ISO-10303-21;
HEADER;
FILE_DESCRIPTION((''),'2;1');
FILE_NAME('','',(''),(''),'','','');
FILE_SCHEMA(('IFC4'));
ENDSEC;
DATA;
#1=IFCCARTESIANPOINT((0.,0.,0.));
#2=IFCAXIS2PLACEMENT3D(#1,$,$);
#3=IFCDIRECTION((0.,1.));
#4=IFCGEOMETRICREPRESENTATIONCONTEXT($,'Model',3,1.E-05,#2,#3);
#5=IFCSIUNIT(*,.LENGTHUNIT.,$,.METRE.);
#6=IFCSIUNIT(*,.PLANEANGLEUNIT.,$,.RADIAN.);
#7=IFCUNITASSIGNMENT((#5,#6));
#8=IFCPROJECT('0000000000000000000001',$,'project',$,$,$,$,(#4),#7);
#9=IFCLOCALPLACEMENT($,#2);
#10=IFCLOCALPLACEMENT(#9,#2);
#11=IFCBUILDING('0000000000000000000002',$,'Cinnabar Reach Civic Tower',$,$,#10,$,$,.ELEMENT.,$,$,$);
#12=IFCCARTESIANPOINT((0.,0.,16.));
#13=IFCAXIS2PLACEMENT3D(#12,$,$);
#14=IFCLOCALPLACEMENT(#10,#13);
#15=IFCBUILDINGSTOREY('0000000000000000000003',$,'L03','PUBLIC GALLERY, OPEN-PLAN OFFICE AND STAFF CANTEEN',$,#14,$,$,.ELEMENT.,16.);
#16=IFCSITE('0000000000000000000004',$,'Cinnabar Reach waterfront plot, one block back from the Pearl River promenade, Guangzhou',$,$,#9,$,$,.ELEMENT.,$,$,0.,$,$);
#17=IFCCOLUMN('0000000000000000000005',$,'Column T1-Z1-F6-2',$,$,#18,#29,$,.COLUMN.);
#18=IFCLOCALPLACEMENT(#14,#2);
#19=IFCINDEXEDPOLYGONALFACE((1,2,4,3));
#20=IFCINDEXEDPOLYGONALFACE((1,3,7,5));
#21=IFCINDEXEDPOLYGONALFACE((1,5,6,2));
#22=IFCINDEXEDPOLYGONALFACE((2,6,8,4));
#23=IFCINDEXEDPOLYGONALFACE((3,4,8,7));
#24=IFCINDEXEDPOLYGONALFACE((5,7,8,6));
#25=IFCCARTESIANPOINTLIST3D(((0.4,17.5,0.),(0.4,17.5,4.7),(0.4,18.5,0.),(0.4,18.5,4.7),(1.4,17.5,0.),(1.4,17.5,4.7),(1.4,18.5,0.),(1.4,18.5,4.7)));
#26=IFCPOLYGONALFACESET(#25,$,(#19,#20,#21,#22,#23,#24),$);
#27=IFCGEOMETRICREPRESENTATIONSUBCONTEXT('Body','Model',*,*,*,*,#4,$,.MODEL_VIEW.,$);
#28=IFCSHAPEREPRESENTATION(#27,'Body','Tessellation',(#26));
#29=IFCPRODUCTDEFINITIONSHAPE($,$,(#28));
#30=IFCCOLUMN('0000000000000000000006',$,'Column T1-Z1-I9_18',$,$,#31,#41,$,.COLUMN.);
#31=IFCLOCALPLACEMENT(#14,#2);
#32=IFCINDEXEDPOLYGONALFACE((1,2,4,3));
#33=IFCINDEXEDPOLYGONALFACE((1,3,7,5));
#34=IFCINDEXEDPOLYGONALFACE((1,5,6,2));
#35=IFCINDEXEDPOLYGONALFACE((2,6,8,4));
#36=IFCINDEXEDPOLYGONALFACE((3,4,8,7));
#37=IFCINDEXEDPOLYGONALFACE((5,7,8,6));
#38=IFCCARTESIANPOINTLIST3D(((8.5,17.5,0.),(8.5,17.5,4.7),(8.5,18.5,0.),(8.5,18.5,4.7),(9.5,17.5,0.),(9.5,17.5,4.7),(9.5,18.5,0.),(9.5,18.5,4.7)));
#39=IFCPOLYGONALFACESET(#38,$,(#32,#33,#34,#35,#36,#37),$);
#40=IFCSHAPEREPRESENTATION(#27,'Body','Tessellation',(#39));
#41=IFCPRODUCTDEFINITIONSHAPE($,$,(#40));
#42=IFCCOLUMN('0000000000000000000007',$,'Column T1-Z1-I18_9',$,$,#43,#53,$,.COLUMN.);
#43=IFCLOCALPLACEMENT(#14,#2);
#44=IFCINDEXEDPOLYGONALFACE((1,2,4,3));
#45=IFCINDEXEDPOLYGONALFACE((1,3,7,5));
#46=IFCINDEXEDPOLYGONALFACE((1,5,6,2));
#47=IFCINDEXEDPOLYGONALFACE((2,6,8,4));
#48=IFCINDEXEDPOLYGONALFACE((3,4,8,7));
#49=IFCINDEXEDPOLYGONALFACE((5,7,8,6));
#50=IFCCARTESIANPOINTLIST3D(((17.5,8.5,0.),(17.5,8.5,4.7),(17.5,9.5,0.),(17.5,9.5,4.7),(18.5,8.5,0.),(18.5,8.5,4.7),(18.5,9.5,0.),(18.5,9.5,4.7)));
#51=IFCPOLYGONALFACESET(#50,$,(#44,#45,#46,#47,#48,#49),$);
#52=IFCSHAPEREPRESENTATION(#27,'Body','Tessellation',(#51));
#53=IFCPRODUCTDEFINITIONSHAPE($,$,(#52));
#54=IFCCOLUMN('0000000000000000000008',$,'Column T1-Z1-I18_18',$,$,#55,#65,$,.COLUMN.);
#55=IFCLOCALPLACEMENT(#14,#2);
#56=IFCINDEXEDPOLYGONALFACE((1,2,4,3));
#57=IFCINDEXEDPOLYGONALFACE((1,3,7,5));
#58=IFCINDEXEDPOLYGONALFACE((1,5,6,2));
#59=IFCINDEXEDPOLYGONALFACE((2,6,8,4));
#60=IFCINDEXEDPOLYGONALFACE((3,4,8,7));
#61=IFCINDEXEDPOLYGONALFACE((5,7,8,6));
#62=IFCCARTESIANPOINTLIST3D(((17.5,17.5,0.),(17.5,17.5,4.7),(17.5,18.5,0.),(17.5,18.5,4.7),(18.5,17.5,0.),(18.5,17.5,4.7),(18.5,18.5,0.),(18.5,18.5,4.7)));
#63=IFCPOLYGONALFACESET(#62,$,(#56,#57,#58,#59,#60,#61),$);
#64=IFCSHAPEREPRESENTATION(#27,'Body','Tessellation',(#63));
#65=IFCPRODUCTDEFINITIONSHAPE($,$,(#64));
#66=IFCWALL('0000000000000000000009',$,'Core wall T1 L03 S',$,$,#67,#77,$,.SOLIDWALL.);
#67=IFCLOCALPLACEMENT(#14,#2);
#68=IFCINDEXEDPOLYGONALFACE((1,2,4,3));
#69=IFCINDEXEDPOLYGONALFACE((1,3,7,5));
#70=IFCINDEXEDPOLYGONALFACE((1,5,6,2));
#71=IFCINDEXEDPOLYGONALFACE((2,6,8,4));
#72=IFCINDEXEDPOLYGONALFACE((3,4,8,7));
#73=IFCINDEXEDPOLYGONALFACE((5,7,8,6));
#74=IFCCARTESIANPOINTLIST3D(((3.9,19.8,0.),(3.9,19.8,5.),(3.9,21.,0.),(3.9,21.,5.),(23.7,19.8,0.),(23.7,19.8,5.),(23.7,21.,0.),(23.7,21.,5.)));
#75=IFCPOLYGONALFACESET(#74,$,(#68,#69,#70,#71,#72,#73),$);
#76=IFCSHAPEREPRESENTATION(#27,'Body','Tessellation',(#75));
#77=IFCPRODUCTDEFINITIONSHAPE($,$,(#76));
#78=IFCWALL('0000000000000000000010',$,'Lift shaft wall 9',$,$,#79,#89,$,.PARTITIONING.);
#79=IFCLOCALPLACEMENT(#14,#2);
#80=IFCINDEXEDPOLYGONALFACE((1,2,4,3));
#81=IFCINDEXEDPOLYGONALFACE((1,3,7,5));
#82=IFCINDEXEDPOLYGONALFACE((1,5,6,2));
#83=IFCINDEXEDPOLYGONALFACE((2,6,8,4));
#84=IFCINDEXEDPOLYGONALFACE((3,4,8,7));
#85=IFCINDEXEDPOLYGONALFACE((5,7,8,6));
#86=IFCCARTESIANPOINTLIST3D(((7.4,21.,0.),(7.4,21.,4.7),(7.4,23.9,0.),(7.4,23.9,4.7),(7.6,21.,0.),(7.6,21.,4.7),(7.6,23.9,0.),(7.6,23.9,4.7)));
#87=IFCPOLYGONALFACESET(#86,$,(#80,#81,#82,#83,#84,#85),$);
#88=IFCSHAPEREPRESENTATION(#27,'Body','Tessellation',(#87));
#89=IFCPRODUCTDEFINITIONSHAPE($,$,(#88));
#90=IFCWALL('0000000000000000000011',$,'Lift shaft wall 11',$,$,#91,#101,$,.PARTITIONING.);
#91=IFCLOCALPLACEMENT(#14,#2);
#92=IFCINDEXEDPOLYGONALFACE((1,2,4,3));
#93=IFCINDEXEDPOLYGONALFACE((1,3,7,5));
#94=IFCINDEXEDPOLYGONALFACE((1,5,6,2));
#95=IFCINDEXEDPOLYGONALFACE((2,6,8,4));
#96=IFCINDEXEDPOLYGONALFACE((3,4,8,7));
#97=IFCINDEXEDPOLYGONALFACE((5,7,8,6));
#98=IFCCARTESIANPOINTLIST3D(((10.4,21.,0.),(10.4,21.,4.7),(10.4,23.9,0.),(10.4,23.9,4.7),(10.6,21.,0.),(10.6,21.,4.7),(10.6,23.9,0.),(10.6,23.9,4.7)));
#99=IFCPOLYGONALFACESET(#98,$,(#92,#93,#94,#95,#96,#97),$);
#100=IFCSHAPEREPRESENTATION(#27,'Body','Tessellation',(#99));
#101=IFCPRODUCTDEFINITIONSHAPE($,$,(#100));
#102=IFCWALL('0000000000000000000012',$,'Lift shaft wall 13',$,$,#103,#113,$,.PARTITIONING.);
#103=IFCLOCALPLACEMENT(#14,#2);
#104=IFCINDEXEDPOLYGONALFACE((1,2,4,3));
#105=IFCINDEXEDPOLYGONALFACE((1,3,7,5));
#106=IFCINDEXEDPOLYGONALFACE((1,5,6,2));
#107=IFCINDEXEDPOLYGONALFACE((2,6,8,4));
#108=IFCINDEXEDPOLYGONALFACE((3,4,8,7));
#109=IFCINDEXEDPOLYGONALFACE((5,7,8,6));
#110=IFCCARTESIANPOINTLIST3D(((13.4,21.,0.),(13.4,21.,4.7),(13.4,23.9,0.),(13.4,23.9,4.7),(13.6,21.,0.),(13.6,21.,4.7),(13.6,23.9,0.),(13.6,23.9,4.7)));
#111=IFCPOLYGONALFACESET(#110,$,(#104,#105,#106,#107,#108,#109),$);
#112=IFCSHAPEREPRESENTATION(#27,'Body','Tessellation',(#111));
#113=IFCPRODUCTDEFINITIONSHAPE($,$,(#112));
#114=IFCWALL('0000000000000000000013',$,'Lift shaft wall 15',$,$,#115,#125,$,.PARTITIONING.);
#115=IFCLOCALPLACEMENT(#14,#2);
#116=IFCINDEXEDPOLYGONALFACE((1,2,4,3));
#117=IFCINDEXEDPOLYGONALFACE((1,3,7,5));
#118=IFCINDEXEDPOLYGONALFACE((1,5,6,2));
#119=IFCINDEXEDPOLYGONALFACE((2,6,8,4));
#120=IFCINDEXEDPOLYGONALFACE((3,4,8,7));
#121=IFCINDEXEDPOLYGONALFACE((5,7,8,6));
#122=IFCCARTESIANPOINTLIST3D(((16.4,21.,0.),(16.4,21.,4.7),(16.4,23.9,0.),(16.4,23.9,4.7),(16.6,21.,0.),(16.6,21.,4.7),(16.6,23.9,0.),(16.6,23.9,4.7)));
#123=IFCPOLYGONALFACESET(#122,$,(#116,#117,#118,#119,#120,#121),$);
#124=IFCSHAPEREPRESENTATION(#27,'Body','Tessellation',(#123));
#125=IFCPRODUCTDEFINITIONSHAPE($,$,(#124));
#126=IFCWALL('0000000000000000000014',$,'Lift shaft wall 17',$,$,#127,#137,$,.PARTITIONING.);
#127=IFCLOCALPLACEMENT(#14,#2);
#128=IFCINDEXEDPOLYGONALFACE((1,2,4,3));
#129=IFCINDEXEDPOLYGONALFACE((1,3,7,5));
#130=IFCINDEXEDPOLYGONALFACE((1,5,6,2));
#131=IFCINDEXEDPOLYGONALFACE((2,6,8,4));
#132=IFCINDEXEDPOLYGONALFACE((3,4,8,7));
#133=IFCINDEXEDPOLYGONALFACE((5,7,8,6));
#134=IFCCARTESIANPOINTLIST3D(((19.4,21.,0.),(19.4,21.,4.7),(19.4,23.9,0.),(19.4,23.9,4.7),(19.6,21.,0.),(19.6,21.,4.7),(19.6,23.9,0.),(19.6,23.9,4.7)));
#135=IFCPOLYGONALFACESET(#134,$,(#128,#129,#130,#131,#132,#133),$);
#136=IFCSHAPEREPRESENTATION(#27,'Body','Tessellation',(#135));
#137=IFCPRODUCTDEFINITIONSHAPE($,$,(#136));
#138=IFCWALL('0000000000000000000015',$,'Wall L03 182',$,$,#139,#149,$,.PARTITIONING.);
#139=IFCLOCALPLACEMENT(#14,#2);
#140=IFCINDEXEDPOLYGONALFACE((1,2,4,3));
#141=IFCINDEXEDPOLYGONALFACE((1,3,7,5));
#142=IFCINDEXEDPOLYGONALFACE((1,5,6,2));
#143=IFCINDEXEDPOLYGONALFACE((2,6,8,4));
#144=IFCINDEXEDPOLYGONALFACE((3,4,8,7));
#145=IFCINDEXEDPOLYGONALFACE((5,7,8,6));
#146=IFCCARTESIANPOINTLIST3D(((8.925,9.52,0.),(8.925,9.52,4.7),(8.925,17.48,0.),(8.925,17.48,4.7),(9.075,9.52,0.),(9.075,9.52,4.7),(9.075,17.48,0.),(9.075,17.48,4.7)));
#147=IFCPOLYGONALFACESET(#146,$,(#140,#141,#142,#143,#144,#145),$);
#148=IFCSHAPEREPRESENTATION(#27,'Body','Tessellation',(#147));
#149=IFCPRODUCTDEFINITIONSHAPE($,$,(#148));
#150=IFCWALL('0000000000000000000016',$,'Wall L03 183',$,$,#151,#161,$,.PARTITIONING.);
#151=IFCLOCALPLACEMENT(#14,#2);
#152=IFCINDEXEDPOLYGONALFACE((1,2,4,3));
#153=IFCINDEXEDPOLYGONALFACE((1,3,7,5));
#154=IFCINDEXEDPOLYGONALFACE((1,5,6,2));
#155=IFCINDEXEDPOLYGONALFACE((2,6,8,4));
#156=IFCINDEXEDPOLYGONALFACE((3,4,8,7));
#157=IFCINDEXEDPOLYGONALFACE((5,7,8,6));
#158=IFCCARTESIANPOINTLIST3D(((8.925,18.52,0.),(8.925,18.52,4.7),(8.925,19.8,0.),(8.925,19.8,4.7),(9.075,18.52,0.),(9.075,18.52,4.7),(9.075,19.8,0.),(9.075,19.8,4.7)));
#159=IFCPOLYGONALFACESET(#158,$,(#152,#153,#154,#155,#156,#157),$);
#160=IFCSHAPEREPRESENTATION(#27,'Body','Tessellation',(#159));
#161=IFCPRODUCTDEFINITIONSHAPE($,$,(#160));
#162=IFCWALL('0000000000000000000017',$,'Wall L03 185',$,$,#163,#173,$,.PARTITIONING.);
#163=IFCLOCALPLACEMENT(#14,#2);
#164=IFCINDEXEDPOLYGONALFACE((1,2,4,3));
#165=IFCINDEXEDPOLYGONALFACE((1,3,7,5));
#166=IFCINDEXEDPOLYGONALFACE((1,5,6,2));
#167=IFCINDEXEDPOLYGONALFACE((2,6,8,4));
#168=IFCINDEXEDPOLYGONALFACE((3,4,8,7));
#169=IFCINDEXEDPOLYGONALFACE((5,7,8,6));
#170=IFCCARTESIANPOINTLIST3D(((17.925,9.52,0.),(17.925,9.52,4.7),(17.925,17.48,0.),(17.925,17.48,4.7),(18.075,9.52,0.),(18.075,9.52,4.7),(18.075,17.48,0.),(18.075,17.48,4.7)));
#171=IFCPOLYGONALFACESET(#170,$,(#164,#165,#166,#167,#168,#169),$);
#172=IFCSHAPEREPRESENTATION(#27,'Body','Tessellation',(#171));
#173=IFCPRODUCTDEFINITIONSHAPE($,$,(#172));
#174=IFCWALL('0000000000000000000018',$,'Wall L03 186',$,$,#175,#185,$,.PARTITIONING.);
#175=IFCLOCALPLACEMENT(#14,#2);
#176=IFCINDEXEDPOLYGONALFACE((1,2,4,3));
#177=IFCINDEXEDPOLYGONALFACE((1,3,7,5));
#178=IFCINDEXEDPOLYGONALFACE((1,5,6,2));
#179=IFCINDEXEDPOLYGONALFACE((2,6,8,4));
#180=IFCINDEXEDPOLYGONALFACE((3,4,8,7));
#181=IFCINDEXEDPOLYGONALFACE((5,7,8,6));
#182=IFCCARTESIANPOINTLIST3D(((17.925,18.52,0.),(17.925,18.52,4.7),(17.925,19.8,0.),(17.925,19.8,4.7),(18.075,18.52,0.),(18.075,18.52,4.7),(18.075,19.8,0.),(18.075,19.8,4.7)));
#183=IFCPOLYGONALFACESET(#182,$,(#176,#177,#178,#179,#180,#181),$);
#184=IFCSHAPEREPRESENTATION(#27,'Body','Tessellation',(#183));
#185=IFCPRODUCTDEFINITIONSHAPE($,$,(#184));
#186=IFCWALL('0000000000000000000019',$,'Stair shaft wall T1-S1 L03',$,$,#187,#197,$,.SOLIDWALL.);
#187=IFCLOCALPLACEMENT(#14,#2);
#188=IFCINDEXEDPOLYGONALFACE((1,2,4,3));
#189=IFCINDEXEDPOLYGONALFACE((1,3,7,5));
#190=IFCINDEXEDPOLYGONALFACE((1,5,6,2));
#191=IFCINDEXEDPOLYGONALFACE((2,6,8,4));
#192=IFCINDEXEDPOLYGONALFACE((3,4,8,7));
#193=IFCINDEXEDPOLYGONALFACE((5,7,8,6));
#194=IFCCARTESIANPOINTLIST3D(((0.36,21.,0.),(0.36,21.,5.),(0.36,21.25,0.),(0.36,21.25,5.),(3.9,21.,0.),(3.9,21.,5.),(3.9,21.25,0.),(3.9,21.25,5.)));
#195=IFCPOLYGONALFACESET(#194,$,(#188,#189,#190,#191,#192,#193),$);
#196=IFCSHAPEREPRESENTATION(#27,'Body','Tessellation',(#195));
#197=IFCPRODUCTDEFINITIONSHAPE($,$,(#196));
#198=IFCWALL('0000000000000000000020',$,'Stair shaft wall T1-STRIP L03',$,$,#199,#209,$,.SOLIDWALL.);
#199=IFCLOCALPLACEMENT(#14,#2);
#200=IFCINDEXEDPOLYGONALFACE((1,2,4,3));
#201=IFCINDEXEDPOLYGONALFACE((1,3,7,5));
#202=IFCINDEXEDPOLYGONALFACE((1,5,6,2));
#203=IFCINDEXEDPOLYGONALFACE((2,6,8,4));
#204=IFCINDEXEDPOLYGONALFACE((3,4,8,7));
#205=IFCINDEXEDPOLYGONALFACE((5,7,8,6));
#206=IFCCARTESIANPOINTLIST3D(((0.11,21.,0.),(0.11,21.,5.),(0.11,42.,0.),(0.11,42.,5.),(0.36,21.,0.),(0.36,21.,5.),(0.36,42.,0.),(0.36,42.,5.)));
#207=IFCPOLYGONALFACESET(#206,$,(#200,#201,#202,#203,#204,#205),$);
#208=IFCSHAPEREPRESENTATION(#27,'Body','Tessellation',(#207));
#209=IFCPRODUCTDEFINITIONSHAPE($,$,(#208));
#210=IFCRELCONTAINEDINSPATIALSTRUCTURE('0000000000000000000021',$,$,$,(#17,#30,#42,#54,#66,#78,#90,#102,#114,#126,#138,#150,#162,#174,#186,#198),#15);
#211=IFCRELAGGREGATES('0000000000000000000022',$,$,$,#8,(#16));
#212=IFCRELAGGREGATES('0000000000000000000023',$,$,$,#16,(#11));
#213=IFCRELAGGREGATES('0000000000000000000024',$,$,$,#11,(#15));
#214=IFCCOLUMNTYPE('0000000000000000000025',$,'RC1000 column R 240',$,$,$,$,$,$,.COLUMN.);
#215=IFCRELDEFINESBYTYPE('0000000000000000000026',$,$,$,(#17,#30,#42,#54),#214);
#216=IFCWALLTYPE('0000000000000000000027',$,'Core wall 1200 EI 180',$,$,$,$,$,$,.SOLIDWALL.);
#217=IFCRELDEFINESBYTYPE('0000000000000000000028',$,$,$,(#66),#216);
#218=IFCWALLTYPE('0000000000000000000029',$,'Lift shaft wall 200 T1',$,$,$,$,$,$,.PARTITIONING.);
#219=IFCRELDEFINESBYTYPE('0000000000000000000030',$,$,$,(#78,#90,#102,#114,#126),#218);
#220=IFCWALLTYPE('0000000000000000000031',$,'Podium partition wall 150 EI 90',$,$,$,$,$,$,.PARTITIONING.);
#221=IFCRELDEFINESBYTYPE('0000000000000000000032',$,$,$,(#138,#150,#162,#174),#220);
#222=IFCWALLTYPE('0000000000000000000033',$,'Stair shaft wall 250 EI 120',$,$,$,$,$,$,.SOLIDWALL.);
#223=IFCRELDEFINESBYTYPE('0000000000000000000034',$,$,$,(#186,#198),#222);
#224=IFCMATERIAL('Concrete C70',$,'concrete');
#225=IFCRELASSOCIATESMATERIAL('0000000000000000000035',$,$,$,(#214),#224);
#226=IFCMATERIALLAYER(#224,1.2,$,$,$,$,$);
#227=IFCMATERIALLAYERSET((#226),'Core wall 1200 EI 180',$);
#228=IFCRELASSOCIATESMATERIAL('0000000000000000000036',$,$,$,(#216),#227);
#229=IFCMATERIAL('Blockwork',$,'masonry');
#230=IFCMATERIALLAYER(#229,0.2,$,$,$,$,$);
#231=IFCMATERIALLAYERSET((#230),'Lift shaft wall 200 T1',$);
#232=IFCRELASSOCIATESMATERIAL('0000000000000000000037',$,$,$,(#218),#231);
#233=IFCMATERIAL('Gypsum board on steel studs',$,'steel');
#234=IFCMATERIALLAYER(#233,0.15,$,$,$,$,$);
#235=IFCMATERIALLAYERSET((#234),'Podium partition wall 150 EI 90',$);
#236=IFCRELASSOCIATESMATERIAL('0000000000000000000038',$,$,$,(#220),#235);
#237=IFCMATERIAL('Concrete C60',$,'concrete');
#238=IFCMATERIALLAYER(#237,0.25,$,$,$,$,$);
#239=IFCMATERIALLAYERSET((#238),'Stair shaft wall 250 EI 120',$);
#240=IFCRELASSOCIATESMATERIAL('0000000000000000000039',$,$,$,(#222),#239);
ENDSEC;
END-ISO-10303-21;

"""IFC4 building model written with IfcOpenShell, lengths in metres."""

from ifc_helpers import new_model, si_unit, direction, frame, frame_2d, origin, origin_2d, place, context, subcontext, project, spatial, rectangle, extrude, material, layer, layer_set, material_profile, profile_set, type_object, element, save


model = new_model("IFC4")

# Units and contexts
model_context = context("Model", 3, precision=1e-05, world=origin(), true_north=direction((0.0, 1.0)))
body_context = subcontext(model_context, "Body", "Model", "MODEL_VIEW")
ifc_project = project(units=[si_unit("LENGTHUNIT", "METRE"), si_unit("PLANEANGLEUNIT", "RADIAN")], contexts=[model_context])

# Site, building, storey
site_placement = place(None, origin())
site = spatial("IfcSite", under=ifc_project, at=site_placement, Name="Cinnabar Reach waterfront plot, one block back from the Pearl River promenade, Guangzhou", CompositionType="ELEMENT", RefElevation=0.0)
building_placement = place(site_placement, origin())
building = spatial("IfcBuilding", under=site, at=building_placement, Name="Cinnabar Reach Civic Tower", CompositionType="ELEMENT")
storey_placement = place(building_placement, frame((0.0, 0.0, 16.0)))
storey = spatial("IfcBuildingStorey", under=building, at=storey_placement, Name="L03", Description="PUBLIC GALLERY, OPEN-PLAN OFFICE AND STAFF CANTEEN", CompositionType="ELEMENT", Elevation=16.0)

# Columns
ifc_material_1 = material(Name="Concrete C70", Category="concrete")
ifc_material_profile = material_profile(ifc_material_1, rectangle(XDim=1.0, YDim=1.0, at=origin_2d()), Name="RC1000")
ifc_profile_set = profile_set([ifc_material_profile], Name="Concrete C70")
column_type = type_object("IfcColumnType", Name="RC1000 column R 240", PredefinedType="COLUMN", material=ifc_profile_set)
for number, where, z_axis, x_axis, name in (
    (1, (0.9, 18.0, 0.0), (0.0, 0.0, 1.0), (1.0, 0.0, 0.0), "Column T1-Z1-F6-2"),
    (2, (9.0, 18.0, 0.0), (0.0, 0.0, 1.0), (1.0, 0.0, 0.0), "Column T1-Z1-I9_18"),
    (3, (18.0, 9.0, 0.0), (0.0, 0.0, 1.0), (1.0, 0.0, 0.0), "Column T1-Z1-I18_9"),
    (4, (18.0, 18.0, 0.0), (0.0, 0.0, 1.0), (1.0, 0.0, 0.0), "Column T1-Z1-I18_18"),
):
    element("IfcColumn", number, at=place(storey_placement, frame(where, z_axis=z_axis, x_axis=x_axis)), inside=storey, type_object=column_type, Name=name, PredefinedType="COLUMN", context=body_context, shape_type="SweptSolid", body=[
        extrude(rectangle(XDim=1.0, YDim=1.0, at=origin_2d()), origin(), (0.0, 0.0, 1.0), 4.7),
    ])

# Walls
ifc_layer_1 = layer(ifc_material_1, 1.2)
ifc_layer_set_1 = layer_set([ifc_layer_1], Name="Core wall 1200 EI 180")
wall_type_1 = type_object("IfcWallType", Name="Core wall 1200 EI 180", PredefinedType="SOLIDWALL", material=ifc_layer_set_1)
wall_1_placement = place(storey_placement, frame((3.9, 20.4, 0.0), z_axis=(0.0, 0.0, 1.0), x_axis=(1.0, 0.0, 0.0)))
element("IfcWall", 5, at=wall_1_placement, inside=storey, type_object=wall_type_1, Name="Core wall T1 L03 S", PredefinedType="SOLIDWALL", context=body_context, shape_type="SweptSolid", body=[
    extrude(rectangle(XDim=19.8, YDim=1.2, at=frame_2d((9.9, 0.0))), origin(), (0.0, 0.0, 1.0), 5.0),
])
ifc_material_2 = material(Name="Blockwork", Category="masonry")
ifc_layer_2 = layer(ifc_material_2, 0.2)
ifc_layer_set_2 = layer_set([ifc_layer_2], Name="Lift shaft wall 200 T1")
wall_type_2 = type_object("IfcWallType", Name="Lift shaft wall 200 T1", PredefinedType="PARTITIONING", material=ifc_layer_set_2)
for number, where, z_axis, x_axis, name in (
    (6, (7.5, 21.0, 0.0), (0.0, 0.0, 1.0), (0.0, 1.0, 0.0), "Lift shaft wall 9"),
    (7, (10.5, 21.0, 0.0), (0.0, 0.0, 1.0), (0.0, 1.0, 0.0), "Lift shaft wall 11"),
    (8, (13.5, 21.0, 0.0), (0.0, 0.0, 1.0), (0.0, 1.0, 0.0), "Lift shaft wall 13"),
    (9, (16.5, 21.0, 0.0), (0.0, 0.0, 1.0), (0.0, 1.0, 0.0), "Lift shaft wall 15"),
    (10, (19.5, 21.0, 0.0), (0.0, 0.0, 1.0), (0.0, 1.0, 0.0), "Lift shaft wall 17"),
):
    element("IfcWall", number, at=place(storey_placement, frame(where, z_axis=z_axis, x_axis=x_axis)), inside=storey, type_object=wall_type_2, Name=name, PredefinedType="PARTITIONING", context=body_context, shape_type="SweptSolid", body=[
        extrude(rectangle(XDim=2.9, YDim=0.2, at=frame_2d((1.45, 0.0))), origin(), (0.0, 0.0, 1.0), 4.7),
    ])
ifc_material_3 = material(Name="Gypsum board on steel studs", Category="steel")
ifc_layer_3 = layer(ifc_material_3, 0.15)
ifc_layer_set_3 = layer_set([ifc_layer_3], Name="Podium partition wall 150 EI 90")
wall_type_3 = type_object("IfcWallType", Name="Podium partition wall 150 EI 90", PredefinedType="PARTITIONING", material=ifc_layer_set_3)
wall_2_placement = place(storey_placement, frame((9.0, 9.52, 0.0), z_axis=(0.0, 0.0, 1.0), x_axis=(0.0, 1.0, 0.0)))
element("IfcWall", 11, at=wall_2_placement, inside=storey, type_object=wall_type_3, Name="Wall L03 182", PredefinedType="PARTITIONING", context=body_context, shape_type="SweptSolid", body=[
    extrude(rectangle(XDim=7.96, YDim=0.15, at=frame_2d((3.98, 0.0))), origin(), (0.0, 0.0, 1.0), 4.7),
])
wall_3_placement = place(storey_placement, frame((9.0, 18.52, 0.0), z_axis=(0.0, 0.0, 1.0), x_axis=(0.0, 1.0, 0.0)))
element("IfcWall", 12, at=wall_3_placement, inside=storey, type_object=wall_type_3, Name="Wall L03 183", PredefinedType="PARTITIONING", context=body_context, shape_type="SweptSolid", body=[
    extrude(rectangle(XDim=1.28, YDim=0.15, at=frame_2d((0.64, 0.0))), origin(), (0.0, 0.0, 1.0), 4.7),
])
wall_4_placement = place(storey_placement, frame((18.0, 9.52, 0.0), z_axis=(0.0, 0.0, 1.0), x_axis=(0.0, 1.0, 0.0)))
element("IfcWall", 13, at=wall_4_placement, inside=storey, type_object=wall_type_3, Name="Wall L03 185", PredefinedType="PARTITIONING", context=body_context, shape_type="SweptSolid", body=[
    extrude(rectangle(XDim=7.96, YDim=0.15, at=frame_2d((3.98, 0.0))), origin(), (0.0, 0.0, 1.0), 4.7),
])
wall_5_placement = place(storey_placement, frame((18.0, 18.52, 0.0), z_axis=(0.0, 0.0, 1.0), x_axis=(0.0, 1.0, 0.0)))
element("IfcWall", 14, at=wall_5_placement, inside=storey, type_object=wall_type_3, Name="Wall L03 186", PredefinedType="PARTITIONING", context=body_context, shape_type="SweptSolid", body=[
    extrude(rectangle(XDim=1.28, YDim=0.15, at=frame_2d((0.64, 0.0))), origin(), (0.0, 0.0, 1.0), 4.7),
])
ifc_material_4 = material(Name="Concrete C60", Category="concrete")
ifc_layer_4 = layer(ifc_material_4, 0.25)
ifc_layer_set_4 = layer_set([ifc_layer_4], Name="Stair shaft wall 250 EI 120")
wall_type_4 = type_object("IfcWallType", Name="Stair shaft wall 250 EI 120", PredefinedType="SOLIDWALL", material=ifc_layer_set_4)
wall_6_placement = place(storey_placement, frame((0.36, 21.125, 0.0), z_axis=(0.0, 0.0, 1.0), x_axis=(1.0, 0.0, 0.0)))
element("IfcWall", 15, at=wall_6_placement, inside=storey, type_object=wall_type_4, Name="Stair shaft wall T1-S1 L03", PredefinedType="SOLIDWALL", context=body_context, shape_type="SweptSolid", body=[
    extrude(rectangle(XDim=3.54, YDim=0.25, at=frame_2d((1.77, 0.0))), origin(), (0.0, 0.0, 1.0), 5.0),
])
wall_7_placement = place(storey_placement, frame((0.235, 21.0, 0.0), z_axis=(0.0, 0.0, 1.0), x_axis=(0.0, 1.0, 0.0)))
element("IfcWall", 16, at=wall_7_placement, inside=storey, type_object=wall_type_4, Name="Stair shaft wall T1-STRIP L03", PredefinedType="SOLIDWALL", context=body_context, shape_type="SweptSolid", body=[
    extrude(rectangle(XDim=21.0, YDim=0.25, at=frame_2d((10.5, 0.0))), origin(), (0.0, 0.0, 1.0), 5.0),
])

save(model, "model.ifc")
